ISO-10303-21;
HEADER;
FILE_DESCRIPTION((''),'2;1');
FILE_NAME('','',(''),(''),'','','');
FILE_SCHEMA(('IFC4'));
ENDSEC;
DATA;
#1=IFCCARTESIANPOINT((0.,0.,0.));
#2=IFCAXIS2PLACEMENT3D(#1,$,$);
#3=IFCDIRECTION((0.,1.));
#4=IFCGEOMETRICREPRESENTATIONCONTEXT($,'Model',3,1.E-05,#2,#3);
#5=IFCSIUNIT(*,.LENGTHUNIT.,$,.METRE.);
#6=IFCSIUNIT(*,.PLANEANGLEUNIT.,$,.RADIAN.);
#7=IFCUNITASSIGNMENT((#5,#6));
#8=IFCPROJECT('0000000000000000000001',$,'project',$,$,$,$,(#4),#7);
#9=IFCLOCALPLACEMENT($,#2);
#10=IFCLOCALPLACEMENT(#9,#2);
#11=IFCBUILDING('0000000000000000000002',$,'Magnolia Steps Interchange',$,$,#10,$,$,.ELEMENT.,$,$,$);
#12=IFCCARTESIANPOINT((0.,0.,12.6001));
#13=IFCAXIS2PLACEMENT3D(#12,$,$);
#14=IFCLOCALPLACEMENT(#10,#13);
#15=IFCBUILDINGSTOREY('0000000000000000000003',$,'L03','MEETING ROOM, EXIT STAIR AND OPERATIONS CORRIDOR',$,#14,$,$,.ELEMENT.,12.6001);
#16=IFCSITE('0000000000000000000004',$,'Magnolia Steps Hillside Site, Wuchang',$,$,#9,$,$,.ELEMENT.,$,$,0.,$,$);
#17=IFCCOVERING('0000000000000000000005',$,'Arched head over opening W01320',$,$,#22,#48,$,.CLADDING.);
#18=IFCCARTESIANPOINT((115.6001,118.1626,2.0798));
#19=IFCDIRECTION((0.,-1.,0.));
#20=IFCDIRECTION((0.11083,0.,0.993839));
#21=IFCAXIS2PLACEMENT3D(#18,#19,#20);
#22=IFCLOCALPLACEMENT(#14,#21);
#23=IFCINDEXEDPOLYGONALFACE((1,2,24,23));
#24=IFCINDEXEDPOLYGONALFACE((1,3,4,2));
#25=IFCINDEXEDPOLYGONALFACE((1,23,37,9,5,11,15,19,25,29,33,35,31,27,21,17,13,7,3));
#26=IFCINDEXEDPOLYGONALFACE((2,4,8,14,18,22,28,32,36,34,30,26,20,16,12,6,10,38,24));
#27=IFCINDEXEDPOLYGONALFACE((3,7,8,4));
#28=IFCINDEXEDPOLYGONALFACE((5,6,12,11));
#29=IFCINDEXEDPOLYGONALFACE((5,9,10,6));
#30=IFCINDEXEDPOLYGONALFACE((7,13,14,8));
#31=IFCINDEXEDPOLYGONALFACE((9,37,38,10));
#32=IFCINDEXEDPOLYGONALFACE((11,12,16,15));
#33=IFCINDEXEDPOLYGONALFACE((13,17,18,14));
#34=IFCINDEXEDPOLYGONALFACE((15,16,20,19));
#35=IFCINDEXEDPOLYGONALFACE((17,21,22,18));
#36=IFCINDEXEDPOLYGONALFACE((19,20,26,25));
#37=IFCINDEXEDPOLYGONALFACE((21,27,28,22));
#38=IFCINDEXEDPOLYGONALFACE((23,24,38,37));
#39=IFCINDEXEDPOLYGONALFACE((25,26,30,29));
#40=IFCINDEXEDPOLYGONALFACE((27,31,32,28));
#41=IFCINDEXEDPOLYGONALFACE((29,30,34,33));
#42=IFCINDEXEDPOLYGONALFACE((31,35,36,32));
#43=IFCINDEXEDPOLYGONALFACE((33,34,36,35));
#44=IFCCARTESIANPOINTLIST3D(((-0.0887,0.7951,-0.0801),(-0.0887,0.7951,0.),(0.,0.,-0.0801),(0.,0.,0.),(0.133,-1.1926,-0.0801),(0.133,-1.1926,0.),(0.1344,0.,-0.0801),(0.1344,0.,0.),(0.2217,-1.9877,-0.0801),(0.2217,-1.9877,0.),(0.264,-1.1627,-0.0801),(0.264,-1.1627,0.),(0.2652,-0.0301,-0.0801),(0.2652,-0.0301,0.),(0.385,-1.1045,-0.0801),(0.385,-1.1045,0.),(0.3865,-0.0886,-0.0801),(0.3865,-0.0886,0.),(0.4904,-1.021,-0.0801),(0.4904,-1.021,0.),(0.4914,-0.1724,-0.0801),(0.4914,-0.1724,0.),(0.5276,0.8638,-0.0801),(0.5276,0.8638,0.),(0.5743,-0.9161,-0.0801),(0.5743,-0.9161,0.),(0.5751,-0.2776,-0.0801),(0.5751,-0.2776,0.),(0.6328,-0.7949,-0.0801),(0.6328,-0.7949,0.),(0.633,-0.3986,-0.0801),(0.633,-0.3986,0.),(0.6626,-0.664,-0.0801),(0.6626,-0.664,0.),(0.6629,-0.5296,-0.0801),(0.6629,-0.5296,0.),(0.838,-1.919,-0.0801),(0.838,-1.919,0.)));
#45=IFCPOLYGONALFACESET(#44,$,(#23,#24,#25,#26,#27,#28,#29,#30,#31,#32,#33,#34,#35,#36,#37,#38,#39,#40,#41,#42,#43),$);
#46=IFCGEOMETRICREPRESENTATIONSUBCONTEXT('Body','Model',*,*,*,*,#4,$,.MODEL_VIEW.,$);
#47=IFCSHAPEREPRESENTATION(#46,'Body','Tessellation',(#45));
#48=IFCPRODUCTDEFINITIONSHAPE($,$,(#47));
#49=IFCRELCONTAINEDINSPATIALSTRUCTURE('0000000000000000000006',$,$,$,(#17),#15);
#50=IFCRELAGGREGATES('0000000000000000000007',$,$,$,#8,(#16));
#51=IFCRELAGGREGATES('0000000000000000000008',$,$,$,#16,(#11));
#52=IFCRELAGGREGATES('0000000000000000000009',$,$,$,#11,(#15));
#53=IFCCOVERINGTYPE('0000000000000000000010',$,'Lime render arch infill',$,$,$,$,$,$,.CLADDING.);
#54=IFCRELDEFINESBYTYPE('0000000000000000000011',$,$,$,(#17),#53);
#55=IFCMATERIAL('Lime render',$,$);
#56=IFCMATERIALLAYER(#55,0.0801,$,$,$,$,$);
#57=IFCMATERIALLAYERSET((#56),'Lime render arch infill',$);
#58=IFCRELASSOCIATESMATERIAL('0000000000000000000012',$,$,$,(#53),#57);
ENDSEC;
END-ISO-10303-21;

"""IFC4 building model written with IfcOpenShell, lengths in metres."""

from ifc_helpers import new_model, si_unit, direction, frame, origin, place, context, subcontext, project, spatial, polyline, outline, extrude, material, layer, layer_set, type_object, element, save


model = new_model("IFC4")

# Units and contexts
model_context = context("Model", 3, precision=1e-05, world=origin(), true_north=direction((0.0, 1.0)))
body_context = subcontext(model_context, "Body", "Model", "MODEL_VIEW")
ifc_project = project(units=[si_unit("LENGTHUNIT", "METRE"), si_unit("PLANEANGLEUNIT", "RADIAN")], contexts=[model_context])

# Site, building, storey
site_placement = place(None, origin())
site = spatial("IfcSite", under=ifc_project, at=site_placement, Name="Magnolia Steps Hillside Site, Wuchang", CompositionType="ELEMENT", RefElevation=0.0)
building_placement = place(site_placement, origin())
building = spatial("IfcBuilding", under=site, at=building_placement, Name="Magnolia Steps Interchange", CompositionType="ELEMENT")
storey_placement = place(building_placement, frame((0.0, 0.0, 12.6001)))
storey = spatial("IfcBuildingStorey", under=building, at=storey_placement, Name="L03", Description="MEETING ROOM, EXIT STAIR AND OPERATIONS CORRIDOR", CompositionType="ELEMENT", Elevation=12.6001)

# Covering
ifc_material_1 = material(Name="Lime render")
ifc_layer_1 = layer(ifc_material_1, 0.0801)
ifc_layer_set_1 = layer_set([ifc_layer_1], Name="Lime render arch infill")
covering_type_1 = type_object("IfcCoveringType", Name="Lime render arch infill", PredefinedType="CLADDING", material=ifc_layer_set_1)
covering_1_placement = place(storey_placement, frame((115.6001, 118.1626, 2.0798), z_axis=(0.0, -1.0, 0.0), x_axis=(0.11083, 0.0, 0.993839)))
element("IfcCovering", 1, at=covering_1_placement, inside=storey, type_object=covering_type_1, Name="Arched head over opening W01320", PredefinedType="CLADDING", context=body_context, shape_type="SweptSolid", body=[
    extrude(outline(polyline([(0.0, 0.0), (0.1344, 0.0), (0.2652, -0.0301), (0.3865, -0.0886), (0.4914, -0.1724), (0.5751, -0.2776), (0.633, -0.3986), (0.6629, -0.5296), (0.6626, -0.664), (0.6328, -0.7949), (0.5743, -0.9161), (0.4904, -1.021), (0.385, -1.1045), (0.264, -1.1627), (0.133, -1.1926), (0.2217, -1.9877), (0.838, -1.919), (0.5276, 0.8638), (-0.0887, 0.7951), (0.0, 0.0)])), origin(), (0.0, 0.0, -1.0), 0.0801),
])

save(model, "model.ifc")
